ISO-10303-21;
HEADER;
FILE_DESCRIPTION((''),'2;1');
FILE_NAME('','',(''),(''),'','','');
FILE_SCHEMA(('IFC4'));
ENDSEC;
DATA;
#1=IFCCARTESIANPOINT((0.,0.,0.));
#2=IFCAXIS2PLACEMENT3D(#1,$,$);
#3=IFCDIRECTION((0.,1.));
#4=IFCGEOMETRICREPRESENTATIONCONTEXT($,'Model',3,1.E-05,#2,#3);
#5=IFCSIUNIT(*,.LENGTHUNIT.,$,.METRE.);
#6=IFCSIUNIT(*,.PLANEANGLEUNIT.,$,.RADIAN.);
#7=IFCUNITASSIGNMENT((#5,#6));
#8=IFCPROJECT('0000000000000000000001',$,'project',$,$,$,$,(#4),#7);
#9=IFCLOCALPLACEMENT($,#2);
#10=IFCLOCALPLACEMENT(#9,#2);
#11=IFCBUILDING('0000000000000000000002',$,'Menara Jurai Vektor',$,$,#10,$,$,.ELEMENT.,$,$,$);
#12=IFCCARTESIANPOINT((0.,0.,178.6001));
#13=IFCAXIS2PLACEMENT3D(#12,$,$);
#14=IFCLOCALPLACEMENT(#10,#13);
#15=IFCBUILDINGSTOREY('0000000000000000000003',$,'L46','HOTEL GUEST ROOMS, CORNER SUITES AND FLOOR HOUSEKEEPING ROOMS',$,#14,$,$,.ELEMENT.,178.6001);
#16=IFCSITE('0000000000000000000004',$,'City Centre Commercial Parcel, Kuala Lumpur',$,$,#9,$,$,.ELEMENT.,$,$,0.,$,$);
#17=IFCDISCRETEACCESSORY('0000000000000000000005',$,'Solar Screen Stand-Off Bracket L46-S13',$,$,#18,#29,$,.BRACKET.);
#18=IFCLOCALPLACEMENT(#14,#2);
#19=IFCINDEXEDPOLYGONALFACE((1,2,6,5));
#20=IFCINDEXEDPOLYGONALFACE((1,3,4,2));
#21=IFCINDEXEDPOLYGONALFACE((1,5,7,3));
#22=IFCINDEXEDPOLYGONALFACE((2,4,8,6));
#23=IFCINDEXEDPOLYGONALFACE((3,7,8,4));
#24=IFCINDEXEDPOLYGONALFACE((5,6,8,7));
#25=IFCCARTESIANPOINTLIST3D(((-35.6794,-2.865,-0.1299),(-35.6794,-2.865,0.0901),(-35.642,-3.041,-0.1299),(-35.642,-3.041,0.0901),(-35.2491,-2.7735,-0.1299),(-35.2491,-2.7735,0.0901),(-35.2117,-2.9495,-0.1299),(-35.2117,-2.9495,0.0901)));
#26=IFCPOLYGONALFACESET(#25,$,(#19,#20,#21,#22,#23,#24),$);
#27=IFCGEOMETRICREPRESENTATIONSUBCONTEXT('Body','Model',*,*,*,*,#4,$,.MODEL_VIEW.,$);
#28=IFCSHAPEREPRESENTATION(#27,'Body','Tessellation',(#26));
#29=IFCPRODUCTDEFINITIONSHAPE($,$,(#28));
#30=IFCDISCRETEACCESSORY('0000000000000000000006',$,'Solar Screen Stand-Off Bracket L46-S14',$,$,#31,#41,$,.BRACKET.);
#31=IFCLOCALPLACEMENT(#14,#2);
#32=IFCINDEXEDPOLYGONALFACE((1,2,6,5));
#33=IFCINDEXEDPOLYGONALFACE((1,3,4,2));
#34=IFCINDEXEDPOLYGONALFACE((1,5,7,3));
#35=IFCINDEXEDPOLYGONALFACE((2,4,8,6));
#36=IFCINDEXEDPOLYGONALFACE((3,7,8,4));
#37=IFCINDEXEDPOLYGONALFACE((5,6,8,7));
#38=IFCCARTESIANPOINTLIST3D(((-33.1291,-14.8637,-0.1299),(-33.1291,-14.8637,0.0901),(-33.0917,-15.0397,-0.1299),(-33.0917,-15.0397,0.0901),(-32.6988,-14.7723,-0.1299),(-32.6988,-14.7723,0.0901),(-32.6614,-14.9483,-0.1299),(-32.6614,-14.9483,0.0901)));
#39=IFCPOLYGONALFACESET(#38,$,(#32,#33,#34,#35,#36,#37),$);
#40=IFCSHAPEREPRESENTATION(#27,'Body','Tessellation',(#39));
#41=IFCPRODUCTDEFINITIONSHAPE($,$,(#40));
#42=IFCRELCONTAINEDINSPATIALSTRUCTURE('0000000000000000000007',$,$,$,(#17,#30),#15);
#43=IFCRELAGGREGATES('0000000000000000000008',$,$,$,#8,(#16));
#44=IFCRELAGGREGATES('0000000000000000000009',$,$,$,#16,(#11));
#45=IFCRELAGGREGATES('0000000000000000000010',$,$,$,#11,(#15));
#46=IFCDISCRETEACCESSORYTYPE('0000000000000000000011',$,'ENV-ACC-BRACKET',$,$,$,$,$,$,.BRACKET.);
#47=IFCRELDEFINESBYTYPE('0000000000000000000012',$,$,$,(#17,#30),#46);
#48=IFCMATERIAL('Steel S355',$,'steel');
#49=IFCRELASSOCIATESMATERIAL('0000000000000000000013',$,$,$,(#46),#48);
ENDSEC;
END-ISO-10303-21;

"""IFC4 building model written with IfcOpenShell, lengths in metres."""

from ifc_helpers import new_model, si_unit, direction, frame, origin, origin_2d, place, context, subcontext, project, spatial, rectangle, extrude, material, type_object, element, save


model = new_model("IFC4")

# Units and contexts
model_context = context("Model", 3, precision=1e-05, world=origin(), true_north=direction((0.0, 1.0)))
body_context = subcontext(model_context, "Body", "Model", "MODEL_VIEW")
ifc_project = project(units=[si_unit("LENGTHUNIT", "METRE"), si_unit("PLANEANGLEUNIT", "RADIAN")], contexts=[model_context])

# Site, building, storey
site_placement = place(None, origin())
site = spatial("IfcSite", under=ifc_project, at=site_placement, Name="City Centre Commercial Parcel, Kuala Lumpur", CompositionType="ELEMENT", RefElevation=0.0)
building_placement = place(site_placement, origin())
building = spatial("IfcBuilding", under=site, at=building_placement, Name="Menara Jurai Vektor", CompositionType="ELEMENT")
storey_placement = place(building_placement, frame((0.0, 0.0, 178.6001)))
storey = spatial("IfcBuildingStorey", under=building, at=storey_placement, Name="L46", Description="HOTEL GUEST ROOMS, CORNER SUITES AND FLOOR HOUSEKEEPING ROOMS", CompositionType="ELEMENT", Elevation=178.6001)

# Shared definitions
ifc_material_1 = material(Name="Steel S355", Category="steel")

# Discrete accessories
discrete_accessory_type = type_object("IfcDiscreteAccessoryType", Name="ENV-ACC-BRACKET", PredefinedType="BRACKET", material=ifc_material_1)
for number, where, z_axis, x_axis, name in (
    (1, (-35.4456, -2.9072, -0.1299), (0.0, 0.0, 1.0), (0.207912, -0.978148, 0.0), "Solar Screen Stand-Off Bracket L46-S13"),
    (2, (-32.8953, -14.906, -0.1299), (0.0, 0.0, 1.0), (0.207912, -0.978148, 0.0), "Solar Screen Stand-Off Bracket L46-S14"),
):
    element("IfcDiscreteAccessory", number, at=place(storey_placement, frame(where, z_axis=z_axis, x_axis=x_axis)), inside=storey, type_object=discrete_accessory_type, Name=name, PredefinedType="BRACKET", context=body_context, shape_type="SweptSolid", body=[
        extrude(rectangle(XDim=0.1799, YDim=0.4399, at=origin_2d()), origin(), (0.0, 0.0, 1.0), 0.22),
    ])

save(model, "model.ifc")
